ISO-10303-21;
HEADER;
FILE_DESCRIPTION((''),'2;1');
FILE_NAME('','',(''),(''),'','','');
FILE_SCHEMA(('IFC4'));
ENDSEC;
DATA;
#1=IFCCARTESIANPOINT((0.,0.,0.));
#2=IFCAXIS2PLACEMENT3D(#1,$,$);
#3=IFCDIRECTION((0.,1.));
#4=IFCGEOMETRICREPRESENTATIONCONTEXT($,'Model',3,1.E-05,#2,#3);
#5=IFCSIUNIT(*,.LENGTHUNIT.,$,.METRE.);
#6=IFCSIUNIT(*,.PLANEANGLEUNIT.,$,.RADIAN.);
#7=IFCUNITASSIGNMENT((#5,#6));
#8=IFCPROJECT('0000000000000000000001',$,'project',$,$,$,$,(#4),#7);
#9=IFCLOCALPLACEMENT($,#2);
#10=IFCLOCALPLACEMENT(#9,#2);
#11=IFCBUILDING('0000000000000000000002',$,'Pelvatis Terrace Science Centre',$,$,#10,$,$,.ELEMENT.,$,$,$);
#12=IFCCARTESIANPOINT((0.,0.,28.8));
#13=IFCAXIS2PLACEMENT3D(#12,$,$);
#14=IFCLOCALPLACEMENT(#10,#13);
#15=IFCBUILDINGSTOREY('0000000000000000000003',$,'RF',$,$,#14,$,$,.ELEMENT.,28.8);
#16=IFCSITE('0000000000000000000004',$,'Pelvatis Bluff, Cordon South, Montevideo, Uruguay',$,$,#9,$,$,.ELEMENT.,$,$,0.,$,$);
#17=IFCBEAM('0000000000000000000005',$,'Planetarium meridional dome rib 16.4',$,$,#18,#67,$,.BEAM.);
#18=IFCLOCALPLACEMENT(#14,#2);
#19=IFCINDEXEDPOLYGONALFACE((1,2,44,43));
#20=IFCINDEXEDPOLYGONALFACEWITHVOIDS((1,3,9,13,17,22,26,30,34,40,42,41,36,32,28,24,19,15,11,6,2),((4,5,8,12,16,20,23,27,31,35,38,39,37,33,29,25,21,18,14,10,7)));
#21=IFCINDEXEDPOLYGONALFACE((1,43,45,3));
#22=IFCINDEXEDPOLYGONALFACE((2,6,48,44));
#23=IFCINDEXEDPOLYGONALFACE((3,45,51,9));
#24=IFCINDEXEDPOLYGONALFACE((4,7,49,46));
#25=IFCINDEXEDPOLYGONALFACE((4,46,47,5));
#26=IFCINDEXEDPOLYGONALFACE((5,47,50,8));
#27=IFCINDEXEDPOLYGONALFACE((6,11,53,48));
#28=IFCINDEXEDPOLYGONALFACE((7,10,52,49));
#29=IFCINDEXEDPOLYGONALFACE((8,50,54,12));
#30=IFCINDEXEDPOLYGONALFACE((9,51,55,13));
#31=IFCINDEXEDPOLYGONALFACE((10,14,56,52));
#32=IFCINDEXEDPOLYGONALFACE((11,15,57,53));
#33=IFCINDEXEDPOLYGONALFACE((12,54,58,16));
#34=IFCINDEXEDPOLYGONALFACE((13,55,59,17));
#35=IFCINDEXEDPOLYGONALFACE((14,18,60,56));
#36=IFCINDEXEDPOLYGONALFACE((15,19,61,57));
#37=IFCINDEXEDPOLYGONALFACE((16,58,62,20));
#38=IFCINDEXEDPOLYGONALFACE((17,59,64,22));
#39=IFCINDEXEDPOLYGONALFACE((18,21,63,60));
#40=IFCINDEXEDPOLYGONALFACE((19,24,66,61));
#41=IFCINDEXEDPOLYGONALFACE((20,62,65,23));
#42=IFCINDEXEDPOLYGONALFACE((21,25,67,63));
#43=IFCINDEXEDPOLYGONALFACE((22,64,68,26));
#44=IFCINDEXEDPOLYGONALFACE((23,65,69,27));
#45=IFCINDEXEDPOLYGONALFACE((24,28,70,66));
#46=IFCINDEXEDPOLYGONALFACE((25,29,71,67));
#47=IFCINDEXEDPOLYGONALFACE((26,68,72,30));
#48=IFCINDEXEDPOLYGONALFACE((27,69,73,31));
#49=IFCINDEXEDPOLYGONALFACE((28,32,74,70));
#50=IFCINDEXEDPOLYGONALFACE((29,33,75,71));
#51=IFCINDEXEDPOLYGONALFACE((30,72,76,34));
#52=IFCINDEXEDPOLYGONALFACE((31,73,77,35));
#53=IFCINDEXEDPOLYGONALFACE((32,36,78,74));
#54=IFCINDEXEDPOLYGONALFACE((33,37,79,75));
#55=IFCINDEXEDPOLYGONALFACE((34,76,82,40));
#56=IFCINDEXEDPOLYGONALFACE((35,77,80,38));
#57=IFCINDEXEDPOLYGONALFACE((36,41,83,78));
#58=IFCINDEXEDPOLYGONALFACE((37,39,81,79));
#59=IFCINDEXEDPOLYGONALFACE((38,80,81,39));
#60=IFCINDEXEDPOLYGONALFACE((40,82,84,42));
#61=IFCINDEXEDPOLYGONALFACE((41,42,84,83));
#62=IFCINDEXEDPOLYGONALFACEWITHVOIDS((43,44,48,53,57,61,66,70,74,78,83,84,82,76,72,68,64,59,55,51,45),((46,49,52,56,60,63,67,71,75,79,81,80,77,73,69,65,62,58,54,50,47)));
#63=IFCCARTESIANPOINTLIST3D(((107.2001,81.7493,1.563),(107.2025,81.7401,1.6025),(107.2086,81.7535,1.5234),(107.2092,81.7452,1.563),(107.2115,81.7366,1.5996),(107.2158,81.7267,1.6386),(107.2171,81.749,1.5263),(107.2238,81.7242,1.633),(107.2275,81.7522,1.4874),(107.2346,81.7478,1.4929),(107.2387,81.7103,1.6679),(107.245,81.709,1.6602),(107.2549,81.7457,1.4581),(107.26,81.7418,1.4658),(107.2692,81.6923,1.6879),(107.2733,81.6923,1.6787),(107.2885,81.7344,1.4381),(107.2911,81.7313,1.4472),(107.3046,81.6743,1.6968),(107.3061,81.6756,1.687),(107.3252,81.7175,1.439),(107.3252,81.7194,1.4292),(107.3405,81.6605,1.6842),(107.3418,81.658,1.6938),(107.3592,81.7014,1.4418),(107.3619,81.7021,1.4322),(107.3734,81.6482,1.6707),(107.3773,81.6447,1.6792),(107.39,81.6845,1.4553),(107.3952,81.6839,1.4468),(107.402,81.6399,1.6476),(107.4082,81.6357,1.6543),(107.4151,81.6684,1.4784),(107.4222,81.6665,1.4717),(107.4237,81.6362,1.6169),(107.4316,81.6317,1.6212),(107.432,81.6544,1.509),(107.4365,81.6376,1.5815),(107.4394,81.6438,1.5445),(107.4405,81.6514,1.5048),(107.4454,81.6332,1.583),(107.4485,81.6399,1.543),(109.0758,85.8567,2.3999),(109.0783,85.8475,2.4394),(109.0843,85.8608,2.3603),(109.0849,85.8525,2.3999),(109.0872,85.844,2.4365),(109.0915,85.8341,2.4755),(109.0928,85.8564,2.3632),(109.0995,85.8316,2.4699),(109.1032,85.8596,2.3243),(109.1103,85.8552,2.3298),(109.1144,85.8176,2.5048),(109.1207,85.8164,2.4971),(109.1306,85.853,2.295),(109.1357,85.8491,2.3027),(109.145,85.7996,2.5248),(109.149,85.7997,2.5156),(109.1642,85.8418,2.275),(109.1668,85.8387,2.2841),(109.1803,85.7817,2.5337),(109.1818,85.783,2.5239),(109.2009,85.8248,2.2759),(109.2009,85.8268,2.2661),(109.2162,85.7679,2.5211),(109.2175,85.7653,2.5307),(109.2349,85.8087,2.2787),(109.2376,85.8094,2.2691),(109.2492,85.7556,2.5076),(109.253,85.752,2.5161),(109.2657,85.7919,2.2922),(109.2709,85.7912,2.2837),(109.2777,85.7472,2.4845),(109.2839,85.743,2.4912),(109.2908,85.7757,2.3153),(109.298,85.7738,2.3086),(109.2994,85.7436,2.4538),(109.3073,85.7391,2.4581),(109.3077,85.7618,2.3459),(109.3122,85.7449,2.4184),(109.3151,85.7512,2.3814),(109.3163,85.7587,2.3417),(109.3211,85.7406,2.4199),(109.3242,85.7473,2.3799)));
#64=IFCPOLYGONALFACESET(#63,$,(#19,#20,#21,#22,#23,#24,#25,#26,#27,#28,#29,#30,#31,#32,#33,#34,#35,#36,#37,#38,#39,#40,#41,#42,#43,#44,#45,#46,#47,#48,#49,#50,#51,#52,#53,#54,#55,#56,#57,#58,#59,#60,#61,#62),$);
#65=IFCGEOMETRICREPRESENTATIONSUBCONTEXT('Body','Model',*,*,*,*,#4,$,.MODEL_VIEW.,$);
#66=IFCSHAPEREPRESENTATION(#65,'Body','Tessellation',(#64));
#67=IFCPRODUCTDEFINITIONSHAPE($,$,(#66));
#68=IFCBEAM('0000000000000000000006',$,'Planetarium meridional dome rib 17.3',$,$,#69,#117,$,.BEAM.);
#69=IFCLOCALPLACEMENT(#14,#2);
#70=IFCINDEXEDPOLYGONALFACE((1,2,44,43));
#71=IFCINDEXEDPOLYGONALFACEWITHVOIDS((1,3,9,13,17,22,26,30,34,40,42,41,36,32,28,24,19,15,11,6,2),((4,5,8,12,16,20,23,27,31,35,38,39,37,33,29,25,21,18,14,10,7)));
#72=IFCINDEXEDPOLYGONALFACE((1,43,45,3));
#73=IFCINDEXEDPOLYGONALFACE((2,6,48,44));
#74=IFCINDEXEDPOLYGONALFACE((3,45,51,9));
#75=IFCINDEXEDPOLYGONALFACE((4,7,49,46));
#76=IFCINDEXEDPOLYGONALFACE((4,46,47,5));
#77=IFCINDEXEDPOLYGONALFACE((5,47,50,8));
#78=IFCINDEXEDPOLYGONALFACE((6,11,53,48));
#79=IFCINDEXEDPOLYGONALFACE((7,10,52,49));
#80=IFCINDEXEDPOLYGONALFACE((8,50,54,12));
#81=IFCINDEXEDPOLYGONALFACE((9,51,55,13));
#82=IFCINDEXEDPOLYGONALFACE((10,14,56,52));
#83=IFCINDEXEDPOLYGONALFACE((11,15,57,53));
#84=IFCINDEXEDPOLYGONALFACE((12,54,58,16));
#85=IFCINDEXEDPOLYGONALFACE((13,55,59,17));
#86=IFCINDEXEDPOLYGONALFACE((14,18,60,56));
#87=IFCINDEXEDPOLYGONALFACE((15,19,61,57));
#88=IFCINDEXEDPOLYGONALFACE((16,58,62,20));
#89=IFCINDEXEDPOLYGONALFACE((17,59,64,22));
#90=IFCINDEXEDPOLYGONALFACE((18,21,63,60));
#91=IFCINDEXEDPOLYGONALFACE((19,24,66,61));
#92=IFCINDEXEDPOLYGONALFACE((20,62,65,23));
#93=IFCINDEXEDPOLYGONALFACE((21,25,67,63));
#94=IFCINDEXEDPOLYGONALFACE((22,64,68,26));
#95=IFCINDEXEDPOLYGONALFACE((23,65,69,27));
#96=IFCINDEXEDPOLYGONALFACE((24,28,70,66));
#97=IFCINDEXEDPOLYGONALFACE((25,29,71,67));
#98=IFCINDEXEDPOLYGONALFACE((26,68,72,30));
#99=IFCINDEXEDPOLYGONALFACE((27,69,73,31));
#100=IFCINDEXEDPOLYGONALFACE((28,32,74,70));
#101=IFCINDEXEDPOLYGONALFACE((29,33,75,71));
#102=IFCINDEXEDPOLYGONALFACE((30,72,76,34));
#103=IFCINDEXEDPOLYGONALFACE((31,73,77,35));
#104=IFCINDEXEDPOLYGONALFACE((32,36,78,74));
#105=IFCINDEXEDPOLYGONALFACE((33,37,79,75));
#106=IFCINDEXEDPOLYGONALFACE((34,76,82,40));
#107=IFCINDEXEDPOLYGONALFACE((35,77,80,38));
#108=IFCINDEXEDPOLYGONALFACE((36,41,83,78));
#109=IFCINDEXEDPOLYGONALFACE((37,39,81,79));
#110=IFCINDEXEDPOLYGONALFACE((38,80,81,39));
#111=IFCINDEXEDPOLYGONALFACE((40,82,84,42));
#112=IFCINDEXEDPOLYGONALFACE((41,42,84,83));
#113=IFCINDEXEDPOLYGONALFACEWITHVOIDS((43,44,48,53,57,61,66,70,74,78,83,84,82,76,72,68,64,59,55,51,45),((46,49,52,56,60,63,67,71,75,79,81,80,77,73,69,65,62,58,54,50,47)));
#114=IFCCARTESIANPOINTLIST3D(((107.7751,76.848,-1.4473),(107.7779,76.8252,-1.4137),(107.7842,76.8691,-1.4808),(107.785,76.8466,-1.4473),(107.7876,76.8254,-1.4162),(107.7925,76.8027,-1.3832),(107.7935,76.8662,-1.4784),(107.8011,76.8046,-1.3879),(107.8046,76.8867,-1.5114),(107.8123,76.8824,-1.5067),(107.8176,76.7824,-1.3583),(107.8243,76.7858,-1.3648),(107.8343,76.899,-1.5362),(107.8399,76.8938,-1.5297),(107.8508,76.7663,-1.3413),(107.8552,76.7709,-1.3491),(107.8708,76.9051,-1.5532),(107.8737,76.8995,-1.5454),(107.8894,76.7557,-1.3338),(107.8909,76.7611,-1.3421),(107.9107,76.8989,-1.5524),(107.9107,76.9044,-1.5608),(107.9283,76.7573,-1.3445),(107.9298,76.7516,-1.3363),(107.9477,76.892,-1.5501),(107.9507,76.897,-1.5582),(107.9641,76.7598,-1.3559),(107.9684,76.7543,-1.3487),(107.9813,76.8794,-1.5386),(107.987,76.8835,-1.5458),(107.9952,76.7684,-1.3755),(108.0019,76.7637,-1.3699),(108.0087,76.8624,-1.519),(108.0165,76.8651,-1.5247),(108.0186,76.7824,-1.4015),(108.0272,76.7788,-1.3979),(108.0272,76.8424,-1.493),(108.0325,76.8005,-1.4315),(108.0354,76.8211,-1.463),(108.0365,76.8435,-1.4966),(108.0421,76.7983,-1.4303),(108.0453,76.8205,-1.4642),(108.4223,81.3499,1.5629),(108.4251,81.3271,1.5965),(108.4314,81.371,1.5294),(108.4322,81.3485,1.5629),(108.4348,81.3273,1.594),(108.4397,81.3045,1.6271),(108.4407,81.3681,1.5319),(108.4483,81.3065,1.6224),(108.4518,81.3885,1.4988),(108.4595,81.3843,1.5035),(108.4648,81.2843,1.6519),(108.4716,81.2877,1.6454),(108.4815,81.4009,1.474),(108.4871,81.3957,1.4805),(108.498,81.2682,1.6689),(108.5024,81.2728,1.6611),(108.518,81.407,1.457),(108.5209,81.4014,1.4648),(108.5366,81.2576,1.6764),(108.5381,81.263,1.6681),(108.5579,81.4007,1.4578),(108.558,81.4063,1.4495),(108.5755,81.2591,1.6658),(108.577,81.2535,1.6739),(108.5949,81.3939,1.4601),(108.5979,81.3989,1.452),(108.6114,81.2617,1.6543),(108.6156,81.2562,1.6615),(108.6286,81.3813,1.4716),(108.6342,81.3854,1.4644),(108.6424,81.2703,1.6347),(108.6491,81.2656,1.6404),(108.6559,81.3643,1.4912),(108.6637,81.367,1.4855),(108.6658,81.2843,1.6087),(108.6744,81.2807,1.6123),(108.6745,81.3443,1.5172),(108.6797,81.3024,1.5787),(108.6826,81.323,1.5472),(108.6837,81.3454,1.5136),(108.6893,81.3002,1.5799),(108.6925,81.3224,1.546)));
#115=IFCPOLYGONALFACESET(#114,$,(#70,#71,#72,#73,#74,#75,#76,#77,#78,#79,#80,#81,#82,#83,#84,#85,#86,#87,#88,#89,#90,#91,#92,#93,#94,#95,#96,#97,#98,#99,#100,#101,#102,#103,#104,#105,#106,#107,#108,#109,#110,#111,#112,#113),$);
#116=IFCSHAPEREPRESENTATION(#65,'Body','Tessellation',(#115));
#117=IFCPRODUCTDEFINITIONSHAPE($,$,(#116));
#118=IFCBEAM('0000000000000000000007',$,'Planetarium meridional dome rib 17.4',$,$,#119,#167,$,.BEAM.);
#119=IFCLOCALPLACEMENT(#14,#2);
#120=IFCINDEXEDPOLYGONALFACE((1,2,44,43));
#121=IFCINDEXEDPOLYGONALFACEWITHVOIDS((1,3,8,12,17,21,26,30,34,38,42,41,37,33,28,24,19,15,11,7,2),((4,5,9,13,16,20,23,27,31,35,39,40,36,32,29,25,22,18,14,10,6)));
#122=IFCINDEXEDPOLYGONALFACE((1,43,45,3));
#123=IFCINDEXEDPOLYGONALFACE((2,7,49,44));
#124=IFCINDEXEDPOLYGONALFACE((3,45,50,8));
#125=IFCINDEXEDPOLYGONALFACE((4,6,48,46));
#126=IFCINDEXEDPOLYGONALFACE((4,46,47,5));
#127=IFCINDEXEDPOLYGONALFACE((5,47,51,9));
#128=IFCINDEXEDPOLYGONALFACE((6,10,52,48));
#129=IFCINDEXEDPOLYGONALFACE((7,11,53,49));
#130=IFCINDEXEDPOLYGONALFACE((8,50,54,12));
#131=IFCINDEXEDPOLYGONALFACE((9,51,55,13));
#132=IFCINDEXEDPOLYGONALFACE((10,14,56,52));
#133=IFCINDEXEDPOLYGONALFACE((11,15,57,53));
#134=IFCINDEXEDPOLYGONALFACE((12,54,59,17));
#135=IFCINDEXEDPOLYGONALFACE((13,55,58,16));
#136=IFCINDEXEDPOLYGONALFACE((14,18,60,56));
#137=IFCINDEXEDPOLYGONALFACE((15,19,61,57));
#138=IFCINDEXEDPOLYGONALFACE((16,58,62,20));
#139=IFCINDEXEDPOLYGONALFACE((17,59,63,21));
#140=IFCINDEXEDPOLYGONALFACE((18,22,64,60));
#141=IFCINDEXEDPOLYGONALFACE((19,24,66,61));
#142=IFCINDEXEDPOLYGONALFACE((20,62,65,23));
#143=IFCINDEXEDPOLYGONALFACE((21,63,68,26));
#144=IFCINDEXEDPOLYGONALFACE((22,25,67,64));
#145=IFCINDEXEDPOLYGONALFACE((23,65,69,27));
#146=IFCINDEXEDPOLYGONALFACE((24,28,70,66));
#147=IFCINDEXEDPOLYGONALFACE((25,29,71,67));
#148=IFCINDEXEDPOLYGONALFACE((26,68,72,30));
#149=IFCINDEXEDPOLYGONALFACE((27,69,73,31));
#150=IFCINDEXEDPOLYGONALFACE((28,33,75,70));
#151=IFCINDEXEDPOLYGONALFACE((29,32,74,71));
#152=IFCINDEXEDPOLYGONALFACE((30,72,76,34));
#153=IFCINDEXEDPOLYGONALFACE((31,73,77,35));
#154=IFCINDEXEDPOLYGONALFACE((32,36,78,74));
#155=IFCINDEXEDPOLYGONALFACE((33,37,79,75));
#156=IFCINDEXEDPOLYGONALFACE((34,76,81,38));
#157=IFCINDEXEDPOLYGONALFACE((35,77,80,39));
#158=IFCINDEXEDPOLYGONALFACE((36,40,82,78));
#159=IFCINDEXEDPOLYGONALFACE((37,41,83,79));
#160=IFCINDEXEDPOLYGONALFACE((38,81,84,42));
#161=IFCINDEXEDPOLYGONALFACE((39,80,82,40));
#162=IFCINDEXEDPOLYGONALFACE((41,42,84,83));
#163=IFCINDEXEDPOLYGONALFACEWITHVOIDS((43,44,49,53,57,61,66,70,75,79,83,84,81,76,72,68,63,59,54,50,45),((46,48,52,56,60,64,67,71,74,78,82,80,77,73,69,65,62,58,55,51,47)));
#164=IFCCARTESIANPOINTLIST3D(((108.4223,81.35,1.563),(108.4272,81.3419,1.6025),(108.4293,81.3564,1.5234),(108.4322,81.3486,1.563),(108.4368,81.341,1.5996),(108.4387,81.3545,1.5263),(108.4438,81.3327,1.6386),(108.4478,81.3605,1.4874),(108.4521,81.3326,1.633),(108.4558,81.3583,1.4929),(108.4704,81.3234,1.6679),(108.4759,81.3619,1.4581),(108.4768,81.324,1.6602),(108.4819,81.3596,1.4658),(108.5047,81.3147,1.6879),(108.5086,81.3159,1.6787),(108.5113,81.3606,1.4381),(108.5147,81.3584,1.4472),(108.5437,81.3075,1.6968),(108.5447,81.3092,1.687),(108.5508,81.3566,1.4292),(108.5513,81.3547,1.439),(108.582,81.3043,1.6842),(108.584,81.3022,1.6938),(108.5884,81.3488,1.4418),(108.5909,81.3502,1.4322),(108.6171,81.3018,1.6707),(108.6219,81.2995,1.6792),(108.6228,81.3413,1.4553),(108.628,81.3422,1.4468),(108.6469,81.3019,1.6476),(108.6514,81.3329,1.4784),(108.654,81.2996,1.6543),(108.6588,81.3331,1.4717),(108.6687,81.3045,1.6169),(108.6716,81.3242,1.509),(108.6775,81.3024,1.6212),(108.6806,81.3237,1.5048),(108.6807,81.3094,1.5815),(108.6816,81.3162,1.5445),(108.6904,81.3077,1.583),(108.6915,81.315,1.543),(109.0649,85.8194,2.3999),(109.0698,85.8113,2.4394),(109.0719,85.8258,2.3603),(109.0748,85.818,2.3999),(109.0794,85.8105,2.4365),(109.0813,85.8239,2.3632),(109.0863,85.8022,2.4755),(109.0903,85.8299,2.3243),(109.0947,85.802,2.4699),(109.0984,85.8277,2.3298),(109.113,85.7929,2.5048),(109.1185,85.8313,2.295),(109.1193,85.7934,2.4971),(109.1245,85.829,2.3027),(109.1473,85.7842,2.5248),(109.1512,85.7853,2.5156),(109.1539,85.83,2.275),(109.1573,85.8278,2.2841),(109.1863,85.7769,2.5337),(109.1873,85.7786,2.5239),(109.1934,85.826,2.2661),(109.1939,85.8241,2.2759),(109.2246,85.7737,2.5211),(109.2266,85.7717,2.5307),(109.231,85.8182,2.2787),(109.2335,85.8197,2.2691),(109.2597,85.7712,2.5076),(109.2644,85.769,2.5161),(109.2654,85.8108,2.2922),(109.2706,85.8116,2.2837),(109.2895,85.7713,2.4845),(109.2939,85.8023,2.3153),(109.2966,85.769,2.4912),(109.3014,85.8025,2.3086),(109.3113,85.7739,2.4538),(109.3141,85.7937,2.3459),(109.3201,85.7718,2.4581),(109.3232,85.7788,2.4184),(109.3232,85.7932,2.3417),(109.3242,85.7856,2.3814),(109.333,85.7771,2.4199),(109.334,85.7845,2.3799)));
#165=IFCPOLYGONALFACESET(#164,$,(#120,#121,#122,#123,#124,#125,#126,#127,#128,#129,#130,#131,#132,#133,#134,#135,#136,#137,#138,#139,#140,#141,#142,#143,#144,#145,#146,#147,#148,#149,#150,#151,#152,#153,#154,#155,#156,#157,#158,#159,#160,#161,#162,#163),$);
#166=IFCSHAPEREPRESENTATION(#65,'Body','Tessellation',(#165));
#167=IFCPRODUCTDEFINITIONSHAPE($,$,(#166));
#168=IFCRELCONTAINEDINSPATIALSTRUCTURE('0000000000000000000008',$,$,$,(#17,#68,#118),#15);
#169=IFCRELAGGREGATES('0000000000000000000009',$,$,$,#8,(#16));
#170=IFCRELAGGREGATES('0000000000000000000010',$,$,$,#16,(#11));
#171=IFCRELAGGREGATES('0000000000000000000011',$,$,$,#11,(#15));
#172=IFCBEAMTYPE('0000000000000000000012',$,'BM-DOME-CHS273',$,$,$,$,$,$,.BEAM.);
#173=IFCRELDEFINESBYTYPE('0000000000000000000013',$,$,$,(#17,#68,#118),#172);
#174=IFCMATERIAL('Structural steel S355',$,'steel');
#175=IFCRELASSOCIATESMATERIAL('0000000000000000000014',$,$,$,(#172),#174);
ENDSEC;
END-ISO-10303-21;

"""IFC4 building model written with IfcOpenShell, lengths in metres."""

from ifc_helpers import new_model, si_unit, direction, frame, origin, origin_2d, place, context, subcontext, project, spatial, hollow_circle, extrude, material, material_profile, profile_set, type_object, element, save


model = new_model("IFC4")

# Units and contexts
model_context = context("Model", 3, precision=1e-05, world=origin(), true_north=direction((0.0, 1.0)))
body_context = subcontext(model_context, "Body", "Model", "MODEL_VIEW")
ifc_project = project(units=[si_unit("LENGTHUNIT", "METRE"), si_unit("PLANEANGLEUNIT", "RADIAN")], contexts=[model_context])

# Site, building, storey
site_placement = place(None, origin())
site = spatial("IfcSite", under=ifc_project, at=site_placement, Name="Pelvatis Bluff, Cordon South, Montevideo, Uruguay", CompositionType="ELEMENT", RefElevation=0.0)
building_placement = place(site_placement, origin())
building = spatial("IfcBuilding", under=site, at=building_placement, Name="Pelvatis Terrace Science Centre", CompositionType="ELEMENT")
storey_placement = place(building_placement, frame((0.0, 0.0, 28.8)))
storey = spatial("IfcBuildingStorey", under=building, at=storey_placement, Name="RF", CompositionType="ELEMENT", Elevation=28.8)

# Beams
ifc_material_1 = material(Name="Structural steel S355", Category="steel")
ifc_material_profile_1 = material_profile(ifc_material_1, hollow_circle(Radius=0.1365, WallThickness=0.01, at=origin_2d()), Name="CHS 273.0x10.0")
ifc_profile_set_1 = profile_set([ifc_material_profile_1], Name="Structural steel S355")
beam_type_1 = type_object("IfcBeamType", Name="BM-DOME-CHS273", PredefinedType="BEAM", material=ifc_profile_set_1)
beam_1_placement = place(storey_placement, frame((107.3242, 81.6926, 1.563), z_axis=(0.408447, 0.894405, 0.182241), x_axis=(-0.909637, 0.415403, 0.0)))
element("IfcBeam", 1, at=beam_1_placement, inside=storey, type_object=beam_type_1, Name="Planetarium meridional dome rib 16.4", PredefinedType="BEAM", context=body_context, shape_type="SweptSolid", body=[
    extrude(hollow_circle(Radius=0.1365, WallThickness=0.01, at=origin_2d()), origin(), (0.0, 0.0, 1.0), 4.5923),
])
beam_2_placement = place(storey_placement, frame((107.9102, 76.8286, -1.4473), z_axis=(0.118664, 0.825413, 0.551917), x_axis=(-0.989823, 0.142301, 0.0)))
element("IfcBeam", 2, at=beam_2_placement, inside=storey, type_object=beam_type_1, Name="Planetarium meridional dome rib 17.3", PredefinedType="BEAM", context=body_context, shape_type="SweptSolid", body=[
    extrude(hollow_circle(Radius=0.1365, WallThickness=0.01, at=origin_2d()), origin(), (0.0, 0.0, 1.0), 5.4541),
])
beam_3_placement = place(storey_placement, frame((108.5574, 81.3306, 1.563), z_axis=(0.139924, 0.973247, 0.182241), x_axis=(-0.989823, 0.142307, 0.0)))
element("IfcBeam", 3, at=beam_3_placement, inside=storey, type_object=beam_type_1, Name="Planetarium meridional dome rib 17.4", PredefinedType="BEAM", context=body_context, shape_type="SweptSolid", body=[
    extrude(hollow_circle(Radius=0.1365, WallThickness=0.01, at=origin_2d()), origin(), (0.0, 0.0, 1.0), 4.5923),
])

save(model, "model.ifc")
